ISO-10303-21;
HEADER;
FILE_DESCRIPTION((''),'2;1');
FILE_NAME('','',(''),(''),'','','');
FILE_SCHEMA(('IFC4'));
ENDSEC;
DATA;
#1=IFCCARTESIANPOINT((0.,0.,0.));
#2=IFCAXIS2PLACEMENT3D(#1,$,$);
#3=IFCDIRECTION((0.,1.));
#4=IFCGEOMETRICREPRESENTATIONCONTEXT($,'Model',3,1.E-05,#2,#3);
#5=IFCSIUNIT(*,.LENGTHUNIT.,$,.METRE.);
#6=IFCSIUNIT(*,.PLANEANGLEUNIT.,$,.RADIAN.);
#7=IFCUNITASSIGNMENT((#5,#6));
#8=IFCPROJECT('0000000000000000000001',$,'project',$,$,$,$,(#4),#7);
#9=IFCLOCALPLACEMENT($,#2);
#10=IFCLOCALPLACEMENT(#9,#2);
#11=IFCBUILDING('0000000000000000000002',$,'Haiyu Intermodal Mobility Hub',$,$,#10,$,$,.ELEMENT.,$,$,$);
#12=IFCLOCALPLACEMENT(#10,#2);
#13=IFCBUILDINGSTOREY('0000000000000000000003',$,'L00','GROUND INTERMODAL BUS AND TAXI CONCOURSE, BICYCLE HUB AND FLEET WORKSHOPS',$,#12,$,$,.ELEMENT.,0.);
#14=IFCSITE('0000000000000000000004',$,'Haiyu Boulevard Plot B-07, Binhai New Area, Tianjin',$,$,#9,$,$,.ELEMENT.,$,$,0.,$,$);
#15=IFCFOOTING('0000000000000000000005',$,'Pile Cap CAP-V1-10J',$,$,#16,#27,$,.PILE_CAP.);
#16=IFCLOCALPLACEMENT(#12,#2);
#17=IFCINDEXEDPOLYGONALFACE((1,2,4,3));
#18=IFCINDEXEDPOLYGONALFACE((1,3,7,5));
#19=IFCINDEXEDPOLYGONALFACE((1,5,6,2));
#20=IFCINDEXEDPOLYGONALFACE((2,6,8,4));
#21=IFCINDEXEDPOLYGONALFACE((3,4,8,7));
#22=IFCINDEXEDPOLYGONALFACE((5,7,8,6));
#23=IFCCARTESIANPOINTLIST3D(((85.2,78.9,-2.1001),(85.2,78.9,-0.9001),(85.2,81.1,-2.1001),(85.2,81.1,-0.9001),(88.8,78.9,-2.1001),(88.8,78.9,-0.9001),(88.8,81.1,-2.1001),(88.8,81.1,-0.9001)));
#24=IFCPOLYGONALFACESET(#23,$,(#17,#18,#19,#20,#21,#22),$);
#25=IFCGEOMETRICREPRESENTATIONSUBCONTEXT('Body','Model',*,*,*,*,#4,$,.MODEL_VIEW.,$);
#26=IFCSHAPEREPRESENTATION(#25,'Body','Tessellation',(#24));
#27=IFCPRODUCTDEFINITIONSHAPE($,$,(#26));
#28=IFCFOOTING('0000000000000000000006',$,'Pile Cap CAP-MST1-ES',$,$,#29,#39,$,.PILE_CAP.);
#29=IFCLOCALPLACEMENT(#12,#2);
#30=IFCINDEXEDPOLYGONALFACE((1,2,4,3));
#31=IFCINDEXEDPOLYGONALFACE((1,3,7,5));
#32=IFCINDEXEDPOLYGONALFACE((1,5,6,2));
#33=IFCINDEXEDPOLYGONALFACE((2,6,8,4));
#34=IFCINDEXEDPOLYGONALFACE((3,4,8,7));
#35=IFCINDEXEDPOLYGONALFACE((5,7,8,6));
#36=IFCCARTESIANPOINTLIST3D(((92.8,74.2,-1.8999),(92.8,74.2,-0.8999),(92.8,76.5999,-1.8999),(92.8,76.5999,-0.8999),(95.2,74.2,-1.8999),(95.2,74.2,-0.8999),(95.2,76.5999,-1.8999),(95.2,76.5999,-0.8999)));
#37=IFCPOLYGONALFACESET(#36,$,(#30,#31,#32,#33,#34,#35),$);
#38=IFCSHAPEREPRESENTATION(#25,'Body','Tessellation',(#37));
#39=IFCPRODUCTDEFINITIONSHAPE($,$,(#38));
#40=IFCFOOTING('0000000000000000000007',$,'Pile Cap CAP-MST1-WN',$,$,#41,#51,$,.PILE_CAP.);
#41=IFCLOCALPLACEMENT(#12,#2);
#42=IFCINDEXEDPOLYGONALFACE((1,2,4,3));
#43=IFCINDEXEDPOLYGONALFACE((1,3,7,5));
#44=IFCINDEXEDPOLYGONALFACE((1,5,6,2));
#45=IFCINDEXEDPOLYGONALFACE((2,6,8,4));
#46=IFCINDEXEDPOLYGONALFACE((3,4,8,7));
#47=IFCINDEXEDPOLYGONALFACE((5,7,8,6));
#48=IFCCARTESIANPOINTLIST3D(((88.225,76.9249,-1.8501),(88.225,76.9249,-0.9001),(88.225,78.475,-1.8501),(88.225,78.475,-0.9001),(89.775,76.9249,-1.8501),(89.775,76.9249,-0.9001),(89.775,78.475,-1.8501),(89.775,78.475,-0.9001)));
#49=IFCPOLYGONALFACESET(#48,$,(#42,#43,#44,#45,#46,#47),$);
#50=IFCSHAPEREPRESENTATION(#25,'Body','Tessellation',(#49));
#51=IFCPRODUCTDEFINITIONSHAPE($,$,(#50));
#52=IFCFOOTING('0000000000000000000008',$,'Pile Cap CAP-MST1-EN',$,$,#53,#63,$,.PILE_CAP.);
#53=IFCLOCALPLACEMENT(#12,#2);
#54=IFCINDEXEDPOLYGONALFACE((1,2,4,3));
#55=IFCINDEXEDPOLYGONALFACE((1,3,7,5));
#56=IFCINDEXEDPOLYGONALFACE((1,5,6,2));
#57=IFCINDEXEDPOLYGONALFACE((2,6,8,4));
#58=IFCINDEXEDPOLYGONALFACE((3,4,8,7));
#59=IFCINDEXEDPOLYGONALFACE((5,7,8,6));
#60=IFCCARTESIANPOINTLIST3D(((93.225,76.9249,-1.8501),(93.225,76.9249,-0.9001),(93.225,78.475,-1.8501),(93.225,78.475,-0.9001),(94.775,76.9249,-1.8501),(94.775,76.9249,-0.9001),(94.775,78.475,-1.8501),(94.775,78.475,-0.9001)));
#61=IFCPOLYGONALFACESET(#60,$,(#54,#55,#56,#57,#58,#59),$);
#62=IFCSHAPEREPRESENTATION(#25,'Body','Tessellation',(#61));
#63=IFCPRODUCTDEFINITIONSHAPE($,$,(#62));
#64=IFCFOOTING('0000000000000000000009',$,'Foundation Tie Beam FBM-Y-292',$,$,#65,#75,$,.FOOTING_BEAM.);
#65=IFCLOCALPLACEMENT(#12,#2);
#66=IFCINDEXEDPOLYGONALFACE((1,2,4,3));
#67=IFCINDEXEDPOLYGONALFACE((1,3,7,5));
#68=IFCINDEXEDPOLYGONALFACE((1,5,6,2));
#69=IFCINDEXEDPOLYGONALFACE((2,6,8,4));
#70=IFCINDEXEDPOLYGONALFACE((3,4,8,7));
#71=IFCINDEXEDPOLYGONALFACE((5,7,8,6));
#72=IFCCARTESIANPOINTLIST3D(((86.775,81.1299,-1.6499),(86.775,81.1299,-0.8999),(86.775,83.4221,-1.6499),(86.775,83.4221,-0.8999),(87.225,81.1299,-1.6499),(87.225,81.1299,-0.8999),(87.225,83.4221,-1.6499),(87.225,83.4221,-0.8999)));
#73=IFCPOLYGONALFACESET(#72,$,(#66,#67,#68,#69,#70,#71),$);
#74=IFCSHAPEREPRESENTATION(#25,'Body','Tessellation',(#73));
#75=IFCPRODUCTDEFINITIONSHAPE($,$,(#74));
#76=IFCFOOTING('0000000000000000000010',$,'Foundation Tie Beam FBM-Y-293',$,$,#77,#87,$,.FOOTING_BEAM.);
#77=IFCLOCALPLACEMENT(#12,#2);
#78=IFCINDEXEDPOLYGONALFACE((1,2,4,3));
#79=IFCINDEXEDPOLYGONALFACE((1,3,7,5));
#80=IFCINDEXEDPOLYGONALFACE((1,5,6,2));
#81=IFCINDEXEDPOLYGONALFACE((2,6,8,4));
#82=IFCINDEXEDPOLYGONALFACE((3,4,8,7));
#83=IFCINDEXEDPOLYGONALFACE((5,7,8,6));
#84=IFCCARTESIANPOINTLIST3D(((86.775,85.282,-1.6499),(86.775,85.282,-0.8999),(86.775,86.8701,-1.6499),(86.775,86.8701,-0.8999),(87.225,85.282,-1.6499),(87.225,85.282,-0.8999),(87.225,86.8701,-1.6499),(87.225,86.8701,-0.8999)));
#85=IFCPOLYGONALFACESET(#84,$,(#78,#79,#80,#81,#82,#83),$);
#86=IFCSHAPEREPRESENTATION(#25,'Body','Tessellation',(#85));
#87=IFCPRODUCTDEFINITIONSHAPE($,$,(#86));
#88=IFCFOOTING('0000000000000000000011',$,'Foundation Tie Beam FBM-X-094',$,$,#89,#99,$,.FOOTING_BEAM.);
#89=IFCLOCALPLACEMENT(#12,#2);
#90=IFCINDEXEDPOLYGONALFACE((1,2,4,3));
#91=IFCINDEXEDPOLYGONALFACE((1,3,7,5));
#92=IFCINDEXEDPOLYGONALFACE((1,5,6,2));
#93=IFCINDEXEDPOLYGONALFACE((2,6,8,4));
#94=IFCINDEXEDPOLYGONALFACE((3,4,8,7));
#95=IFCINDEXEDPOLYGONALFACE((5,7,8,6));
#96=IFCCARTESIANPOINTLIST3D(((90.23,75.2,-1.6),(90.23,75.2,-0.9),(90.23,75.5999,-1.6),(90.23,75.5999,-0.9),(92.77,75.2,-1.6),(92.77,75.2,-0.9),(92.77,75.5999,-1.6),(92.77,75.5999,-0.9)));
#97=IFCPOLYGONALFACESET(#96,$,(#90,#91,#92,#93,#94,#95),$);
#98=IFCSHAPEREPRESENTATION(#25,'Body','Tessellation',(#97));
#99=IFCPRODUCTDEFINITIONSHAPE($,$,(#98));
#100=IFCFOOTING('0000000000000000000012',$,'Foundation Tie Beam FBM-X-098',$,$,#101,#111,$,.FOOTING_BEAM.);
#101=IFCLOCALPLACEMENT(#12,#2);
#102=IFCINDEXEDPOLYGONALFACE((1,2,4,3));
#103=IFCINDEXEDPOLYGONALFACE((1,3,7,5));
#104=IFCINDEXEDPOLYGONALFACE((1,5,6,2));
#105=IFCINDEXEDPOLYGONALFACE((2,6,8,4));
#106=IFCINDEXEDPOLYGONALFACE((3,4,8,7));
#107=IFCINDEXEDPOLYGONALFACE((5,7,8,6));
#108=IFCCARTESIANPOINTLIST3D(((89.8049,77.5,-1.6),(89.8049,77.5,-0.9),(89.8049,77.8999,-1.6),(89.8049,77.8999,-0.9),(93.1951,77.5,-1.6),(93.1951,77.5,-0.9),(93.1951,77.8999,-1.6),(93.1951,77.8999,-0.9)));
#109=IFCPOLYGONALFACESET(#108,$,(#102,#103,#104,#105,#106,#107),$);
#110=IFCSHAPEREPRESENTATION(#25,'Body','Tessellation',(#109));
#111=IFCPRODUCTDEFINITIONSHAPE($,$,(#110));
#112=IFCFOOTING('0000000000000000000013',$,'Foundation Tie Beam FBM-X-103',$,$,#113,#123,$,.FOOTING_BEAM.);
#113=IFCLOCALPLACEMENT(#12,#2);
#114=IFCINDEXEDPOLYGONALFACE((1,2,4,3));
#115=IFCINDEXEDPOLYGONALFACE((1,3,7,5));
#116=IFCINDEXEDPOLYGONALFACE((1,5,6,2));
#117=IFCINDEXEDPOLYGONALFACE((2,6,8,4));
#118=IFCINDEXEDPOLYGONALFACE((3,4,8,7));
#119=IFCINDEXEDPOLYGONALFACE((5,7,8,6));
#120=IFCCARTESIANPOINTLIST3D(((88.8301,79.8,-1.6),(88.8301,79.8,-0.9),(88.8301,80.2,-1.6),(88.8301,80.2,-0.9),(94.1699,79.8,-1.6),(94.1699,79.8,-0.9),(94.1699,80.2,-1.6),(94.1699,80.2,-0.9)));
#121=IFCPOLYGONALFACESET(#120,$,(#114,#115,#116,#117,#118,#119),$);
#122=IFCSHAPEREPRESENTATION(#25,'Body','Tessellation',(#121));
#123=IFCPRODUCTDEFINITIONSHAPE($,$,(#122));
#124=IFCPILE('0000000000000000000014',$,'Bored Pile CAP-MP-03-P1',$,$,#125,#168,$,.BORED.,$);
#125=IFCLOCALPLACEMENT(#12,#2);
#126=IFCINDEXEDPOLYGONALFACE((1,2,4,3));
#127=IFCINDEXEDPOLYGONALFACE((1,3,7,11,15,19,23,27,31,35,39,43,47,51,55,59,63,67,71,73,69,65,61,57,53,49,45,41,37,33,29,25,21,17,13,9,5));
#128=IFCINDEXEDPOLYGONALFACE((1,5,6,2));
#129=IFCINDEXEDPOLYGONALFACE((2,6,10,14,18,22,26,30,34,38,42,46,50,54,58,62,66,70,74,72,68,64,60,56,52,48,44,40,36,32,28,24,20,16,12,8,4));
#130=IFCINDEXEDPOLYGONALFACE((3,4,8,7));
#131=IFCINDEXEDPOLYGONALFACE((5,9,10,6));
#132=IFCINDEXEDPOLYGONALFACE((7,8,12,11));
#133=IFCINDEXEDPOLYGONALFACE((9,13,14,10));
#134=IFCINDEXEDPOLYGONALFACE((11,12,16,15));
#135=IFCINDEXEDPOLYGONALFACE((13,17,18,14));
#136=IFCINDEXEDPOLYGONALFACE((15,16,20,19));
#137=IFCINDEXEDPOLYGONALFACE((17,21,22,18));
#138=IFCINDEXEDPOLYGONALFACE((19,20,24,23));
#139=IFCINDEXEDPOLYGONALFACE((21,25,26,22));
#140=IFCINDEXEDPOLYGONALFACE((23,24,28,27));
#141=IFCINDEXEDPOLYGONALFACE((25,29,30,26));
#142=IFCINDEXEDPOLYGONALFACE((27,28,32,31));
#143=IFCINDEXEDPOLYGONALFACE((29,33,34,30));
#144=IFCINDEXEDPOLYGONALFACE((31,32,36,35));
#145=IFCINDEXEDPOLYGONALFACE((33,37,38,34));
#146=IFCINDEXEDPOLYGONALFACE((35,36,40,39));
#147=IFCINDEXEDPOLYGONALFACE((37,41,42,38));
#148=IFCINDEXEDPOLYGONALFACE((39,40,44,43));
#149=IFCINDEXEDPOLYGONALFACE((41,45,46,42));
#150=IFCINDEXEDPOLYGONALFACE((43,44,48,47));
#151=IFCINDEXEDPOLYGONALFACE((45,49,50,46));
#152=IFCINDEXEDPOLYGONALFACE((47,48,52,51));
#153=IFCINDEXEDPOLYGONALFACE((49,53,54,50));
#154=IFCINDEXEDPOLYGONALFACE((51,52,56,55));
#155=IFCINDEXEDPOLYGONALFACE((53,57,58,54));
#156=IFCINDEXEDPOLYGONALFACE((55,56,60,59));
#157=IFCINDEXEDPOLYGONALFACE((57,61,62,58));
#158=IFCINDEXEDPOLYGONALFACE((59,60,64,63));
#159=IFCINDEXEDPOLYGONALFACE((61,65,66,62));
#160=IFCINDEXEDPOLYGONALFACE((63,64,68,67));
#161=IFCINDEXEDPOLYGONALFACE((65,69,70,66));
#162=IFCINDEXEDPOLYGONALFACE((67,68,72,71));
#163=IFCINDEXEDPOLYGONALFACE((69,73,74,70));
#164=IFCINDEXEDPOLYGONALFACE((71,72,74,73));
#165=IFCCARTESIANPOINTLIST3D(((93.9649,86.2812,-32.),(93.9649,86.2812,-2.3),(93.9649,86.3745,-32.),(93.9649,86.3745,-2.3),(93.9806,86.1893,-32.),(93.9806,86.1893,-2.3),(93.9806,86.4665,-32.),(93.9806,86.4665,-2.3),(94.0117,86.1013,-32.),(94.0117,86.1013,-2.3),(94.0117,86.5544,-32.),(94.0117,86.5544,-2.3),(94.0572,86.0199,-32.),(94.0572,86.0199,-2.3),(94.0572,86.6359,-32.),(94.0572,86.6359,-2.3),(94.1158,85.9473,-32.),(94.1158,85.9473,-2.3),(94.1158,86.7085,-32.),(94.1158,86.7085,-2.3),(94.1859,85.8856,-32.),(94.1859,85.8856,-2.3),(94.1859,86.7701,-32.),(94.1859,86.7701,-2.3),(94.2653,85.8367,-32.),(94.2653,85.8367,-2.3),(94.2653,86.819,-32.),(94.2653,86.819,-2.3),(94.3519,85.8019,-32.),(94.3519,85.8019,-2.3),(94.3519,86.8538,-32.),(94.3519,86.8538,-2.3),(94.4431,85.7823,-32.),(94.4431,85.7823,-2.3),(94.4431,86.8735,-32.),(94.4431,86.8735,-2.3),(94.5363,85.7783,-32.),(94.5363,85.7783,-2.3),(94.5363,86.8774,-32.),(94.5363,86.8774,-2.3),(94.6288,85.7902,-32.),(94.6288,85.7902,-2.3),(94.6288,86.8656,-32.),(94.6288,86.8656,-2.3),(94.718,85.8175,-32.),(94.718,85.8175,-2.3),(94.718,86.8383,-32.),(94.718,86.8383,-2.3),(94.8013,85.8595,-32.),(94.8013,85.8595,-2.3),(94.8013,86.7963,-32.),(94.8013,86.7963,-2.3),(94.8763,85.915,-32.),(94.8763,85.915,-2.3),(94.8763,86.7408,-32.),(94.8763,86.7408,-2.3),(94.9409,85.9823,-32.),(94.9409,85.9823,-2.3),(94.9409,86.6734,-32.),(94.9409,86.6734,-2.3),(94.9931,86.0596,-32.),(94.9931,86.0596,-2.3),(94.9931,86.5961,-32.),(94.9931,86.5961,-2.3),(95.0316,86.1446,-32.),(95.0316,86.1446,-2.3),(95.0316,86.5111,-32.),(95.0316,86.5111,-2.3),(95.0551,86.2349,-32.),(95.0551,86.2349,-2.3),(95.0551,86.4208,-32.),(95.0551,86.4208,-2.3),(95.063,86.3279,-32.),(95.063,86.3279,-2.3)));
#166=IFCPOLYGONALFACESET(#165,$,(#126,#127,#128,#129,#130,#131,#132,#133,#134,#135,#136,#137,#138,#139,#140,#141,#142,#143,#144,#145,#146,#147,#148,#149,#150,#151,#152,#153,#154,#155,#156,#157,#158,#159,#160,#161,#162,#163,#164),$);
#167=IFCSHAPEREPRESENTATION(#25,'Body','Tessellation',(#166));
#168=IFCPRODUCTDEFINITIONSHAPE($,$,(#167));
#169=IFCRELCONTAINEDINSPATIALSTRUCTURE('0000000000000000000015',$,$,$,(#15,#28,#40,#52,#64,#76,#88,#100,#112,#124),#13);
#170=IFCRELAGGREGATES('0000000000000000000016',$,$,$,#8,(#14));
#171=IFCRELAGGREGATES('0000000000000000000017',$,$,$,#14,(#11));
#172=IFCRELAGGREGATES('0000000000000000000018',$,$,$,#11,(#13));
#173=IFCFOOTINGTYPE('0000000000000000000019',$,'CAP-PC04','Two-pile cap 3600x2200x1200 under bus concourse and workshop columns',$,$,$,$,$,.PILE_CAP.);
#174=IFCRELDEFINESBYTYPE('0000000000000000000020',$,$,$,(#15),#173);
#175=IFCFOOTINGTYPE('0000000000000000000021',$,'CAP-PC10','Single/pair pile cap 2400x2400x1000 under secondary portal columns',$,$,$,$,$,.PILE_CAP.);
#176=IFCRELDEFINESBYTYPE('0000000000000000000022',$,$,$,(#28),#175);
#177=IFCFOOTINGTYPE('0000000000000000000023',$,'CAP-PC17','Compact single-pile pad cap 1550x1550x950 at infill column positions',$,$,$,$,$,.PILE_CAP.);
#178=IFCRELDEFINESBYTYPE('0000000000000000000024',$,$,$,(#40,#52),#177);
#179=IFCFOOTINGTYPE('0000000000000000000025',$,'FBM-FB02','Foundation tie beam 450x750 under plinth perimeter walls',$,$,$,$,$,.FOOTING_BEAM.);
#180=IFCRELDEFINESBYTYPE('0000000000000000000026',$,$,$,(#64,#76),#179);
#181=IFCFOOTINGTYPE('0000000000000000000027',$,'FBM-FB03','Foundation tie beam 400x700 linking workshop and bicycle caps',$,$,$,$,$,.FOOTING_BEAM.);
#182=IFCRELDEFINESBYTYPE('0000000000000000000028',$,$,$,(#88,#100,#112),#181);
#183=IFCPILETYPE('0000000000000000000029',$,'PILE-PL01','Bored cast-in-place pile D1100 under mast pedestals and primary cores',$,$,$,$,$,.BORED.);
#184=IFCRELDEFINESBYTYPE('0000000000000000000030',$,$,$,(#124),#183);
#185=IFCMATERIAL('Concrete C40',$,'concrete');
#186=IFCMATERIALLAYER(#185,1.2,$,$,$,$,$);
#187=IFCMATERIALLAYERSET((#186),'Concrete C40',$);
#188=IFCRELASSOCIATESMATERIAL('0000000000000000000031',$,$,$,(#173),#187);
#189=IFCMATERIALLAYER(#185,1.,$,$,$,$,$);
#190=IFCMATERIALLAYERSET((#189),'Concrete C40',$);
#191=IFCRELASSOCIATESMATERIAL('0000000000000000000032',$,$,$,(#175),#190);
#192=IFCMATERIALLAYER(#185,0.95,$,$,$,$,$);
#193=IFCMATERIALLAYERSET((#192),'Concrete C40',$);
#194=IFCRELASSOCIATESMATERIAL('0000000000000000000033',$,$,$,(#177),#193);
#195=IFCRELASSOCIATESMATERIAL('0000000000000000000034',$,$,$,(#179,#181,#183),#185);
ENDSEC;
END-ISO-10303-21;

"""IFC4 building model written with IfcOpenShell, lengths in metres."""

from ifc_helpers import new_model, si_unit, direction, frame, origin, origin_2d, place, context, subcontext, project, spatial, rectangle, circle, extrude, material, layer, layer_set, material_profile, profile_set, type_object, element, save


model = new_model("IFC4")

# Units and contexts
model_context = context("Model", 3, precision=1e-05, world=origin(), true_north=direction((0.0, 1.0)))
body_context = subcontext(model_context, "Body", "Model", "MODEL_VIEW")
ifc_project = project(units=[si_unit("LENGTHUNIT", "METRE"), si_unit("PLANEANGLEUNIT", "RADIAN")], contexts=[model_context])

# Site, building, storey
site_placement = place(None, origin())
site = spatial("IfcSite", under=ifc_project, at=site_placement, Name="Haiyu Boulevard Plot B-07, Binhai New Area, Tianjin", CompositionType="ELEMENT", RefElevation=0.0)
building_placement = place(site_placement, origin())
building = spatial("IfcBuilding", under=site, at=building_placement, Name="Haiyu Intermodal Mobility Hub", CompositionType="ELEMENT")
storey_placement = place(building_placement, origin())
storey = spatial("IfcBuildingStorey", under=building, at=storey_placement, Name="L00", Description="GROUND INTERMODAL BUS AND TAXI CONCOURSE, BICYCLE HUB AND FLEET WORKSHOPS", CompositionType="ELEMENT", Elevation=0.0)

# Footings
ifc_material_1 = material(Name="Concrete C40", Category="concrete")
ifc_layer_1 = layer(ifc_material_1, 1.2)
ifc_layer_set_1 = layer_set([ifc_layer_1], Name="Concrete C40")
footing_type_1 = type_object("IfcFootingType", Name="CAP-PC04", Description="Two-pile cap 3600x2200x1200 under bus concourse and workshop columns", PredefinedType="PILE_CAP", material=ifc_layer_set_1)
footing_1_placement = place(storey_placement, frame((87.0, 80.0, -2.1001), z_axis=(0.0, 0.0, 1.0), x_axis=(1.0, 0.0, 0.0)))
element("IfcFooting", 1, at=footing_1_placement, inside=storey, type_object=footing_type_1, Name="Pile Cap CAP-V1-10J", PredefinedType="PILE_CAP", context=body_context, shape_type="SweptSolid", body=[
    extrude(rectangle(XDim=3.6001, YDim=2.2, at=origin_2d()), origin(), (0.0, 0.0, 1.0), 1.2),
])
ifc_layer_2 = layer(ifc_material_1, 1.0)
ifc_layer_set_2 = layer_set([ifc_layer_2], Name="Concrete C40")
footing_type_2 = type_object("IfcFootingType", Name="CAP-PC10", Description="Single/pair pile cap 2400x2400x1000 under secondary portal columns", PredefinedType="PILE_CAP", material=ifc_layer_set_2)
footing_2_placement = place(storey_placement, frame((94.0, 75.3999, -1.8999), z_axis=(0.0, 0.0, 1.0), x_axis=(1.0, 0.0, 0.0)))
element("IfcFooting", 2, at=footing_2_placement, inside=storey, type_object=footing_type_2, Name="Pile Cap CAP-MST1-ES", PredefinedType="PILE_CAP", context=body_context, shape_type="SweptSolid", body=[
    extrude(rectangle(XDim=2.3999, YDim=2.3999, at=origin_2d()), origin(), (0.0, 0.0, 1.0), 1.0),
])
ifc_layer_3 = layer(ifc_material_1, 0.95)
ifc_layer_set_3 = layer_set([ifc_layer_3], Name="Concrete C40")
footing_type_3 = type_object("IfcFootingType", Name="CAP-PC17", Description="Compact single-pile pad cap 1550x1550x950 at infill column positions", PredefinedType="PILE_CAP", material=ifc_layer_set_3)
for number, where, z_axis, x_axis, name in (
    (3, (89.0, 77.7, -1.8501), (0.0, 0.0, 1.0), (1.0, 0.0, 0.0), "Pile Cap CAP-MST1-WN"),
    (4, (94.0, 77.7, -1.8501), (0.0, 0.0, 1.0), (1.0, 0.0, 0.0), "Pile Cap CAP-MST1-EN"),
):
    element("IfcFooting", number, at=place(storey_placement, frame(where, z_axis=z_axis, x_axis=x_axis)), inside=storey, type_object=footing_type_3, Name=name, PredefinedType="PILE_CAP", context=body_context, shape_type="SweptSolid", body=[
        extrude(rectangle(XDim=1.55, YDim=1.55, at=origin_2d()), origin(), (0.0, 0.0, 1.0), 0.95),
    ])
ifc_material_profile_1 = material_profile(ifc_material_1, rectangle(XDim=0.45, YDim=0.75, at=origin_2d()), Name="FB450x750")
ifc_profile_set_1 = profile_set([ifc_material_profile_1], Name="Concrete C40")
footing_type_4 = type_object("IfcFootingType", Name="FBM-FB02", Description="Foundation tie beam 450x750 under plinth perimeter walls", PredefinedType="FOOTING_BEAM", material=ifc_profile_set_1)
footing_3_placement = place(storey_placement, frame((87.0, 81.1299, -1.2749), z_axis=(0.0, 1.0, 0.0), x_axis=(-1.0, 0.0, 0.0)))
element("IfcFooting", 5, at=footing_3_placement, inside=storey, type_object=footing_type_4, Name="Foundation Tie Beam FBM-Y-292", PredefinedType="FOOTING_BEAM", context=body_context, shape_type="SweptSolid", body=[
    extrude(rectangle(XDim=0.45, YDim=0.75, at=origin_2d()), origin(), (0.0, 0.0, 1.0), 2.2922),
])
footing_4_placement = place(storey_placement, frame((87.0, 85.282, -1.2749), z_axis=(0.0, 1.0, 0.0), x_axis=(-1.0, 0.0, 0.0)))
element("IfcFooting", 6, at=footing_4_placement, inside=storey, type_object=footing_type_4, Name="Foundation Tie Beam FBM-Y-293", PredefinedType="FOOTING_BEAM", context=body_context, shape_type="SweptSolid", body=[
    extrude(rectangle(XDim=0.45, YDim=0.75, at=origin_2d()), origin(), (0.0, 0.0, 1.0), 1.5881),
])
ifc_material_profile_2 = material_profile(ifc_material_1, rectangle(XDim=0.3999, YDim=0.7, at=origin_2d()), Name="FB400x700")
ifc_profile_set_2 = profile_set([ifc_material_profile_2], Name="Concrete C40")
footing_type_5 = type_object("IfcFootingType", Name="FBM-FB03", Description="Foundation tie beam 400x700 linking workshop and bicycle caps", PredefinedType="FOOTING_BEAM", material=ifc_profile_set_2)
footing_5_placement = place(storey_placement, frame((90.23, 75.3999, -1.25), z_axis=(1.0, 0.0, 0.0), x_axis=(0.0, 1.0, 0.0)))
element("IfcFooting", 7, at=footing_5_placement, inside=storey, type_object=footing_type_5, Name="Foundation Tie Beam FBM-X-094", PredefinedType="FOOTING_BEAM", context=body_context, shape_type="SweptSolid", body=[
    extrude(rectangle(XDim=0.3999, YDim=0.7, at=origin_2d()), origin(), (0.0, 0.0, 1.0), 2.54),
])
footing_6_placement = place(storey_placement, frame((89.8049, 77.7, -1.25), z_axis=(1.0, 0.0, 0.0), x_axis=(0.0, 1.0, 0.0)))
element("IfcFooting", 8, at=footing_6_placement, inside=storey, type_object=footing_type_5, Name="Foundation Tie Beam FBM-X-098", PredefinedType="FOOTING_BEAM", context=body_context, shape_type="SweptSolid", body=[
    extrude(rectangle(XDim=0.3999, YDim=0.7, at=origin_2d()), origin(), (0.0, 0.0, 1.0), 3.3901),
])
footing_7_placement = place(storey_placement, frame((88.8301, 80.0, -1.25), z_axis=(1.0, 0.0, 0.0), x_axis=(0.0, 1.0, 0.0)))
element("IfcFooting", 9, at=footing_7_placement, inside=storey, type_object=footing_type_5, Name="Foundation Tie Beam FBM-X-103", PredefinedType="FOOTING_BEAM", context=body_context, shape_type="SweptSolid", body=[
    extrude(rectangle(XDim=0.3999, YDim=0.7, at=origin_2d()), origin(), (0.0, 0.0, 1.0), 5.3398),
])

# Pile
ifc_material_profile_3 = material_profile(ifc_material_1, circle(Radius=0.55, at=origin_2d()), Name="PILE-D1100")
ifc_profile_set_3 = profile_set([ifc_material_profile_3], Name="Concrete C40")
pile_type_1 = type_object("IfcPileType", Name="PILE-PL01", Description="Bored cast-in-place pile D1100 under mast pedestals and primary cores", PredefinedType="BORED", material=ifc_profile_set_3)
pile_1_placement = place(storey_placement, frame((94.5129, 86.3279, -2.3), z_axis=(0.0, 0.0, -1.0), x_axis=(1.0, 0.0, 0.0)))
element("IfcPile", 10, at=pile_1_placement, inside=storey, type_object=pile_type_1, Name="Bored Pile CAP-MP-03-P1", PredefinedType="BORED", context=body_context, shape_type="SweptSolid", body=[
    extrude(circle(Radius=0.55, at=origin_2d()), origin(), (0.0, 0.0, 1.0), 29.7),
])

save(model, "model.ifc")
